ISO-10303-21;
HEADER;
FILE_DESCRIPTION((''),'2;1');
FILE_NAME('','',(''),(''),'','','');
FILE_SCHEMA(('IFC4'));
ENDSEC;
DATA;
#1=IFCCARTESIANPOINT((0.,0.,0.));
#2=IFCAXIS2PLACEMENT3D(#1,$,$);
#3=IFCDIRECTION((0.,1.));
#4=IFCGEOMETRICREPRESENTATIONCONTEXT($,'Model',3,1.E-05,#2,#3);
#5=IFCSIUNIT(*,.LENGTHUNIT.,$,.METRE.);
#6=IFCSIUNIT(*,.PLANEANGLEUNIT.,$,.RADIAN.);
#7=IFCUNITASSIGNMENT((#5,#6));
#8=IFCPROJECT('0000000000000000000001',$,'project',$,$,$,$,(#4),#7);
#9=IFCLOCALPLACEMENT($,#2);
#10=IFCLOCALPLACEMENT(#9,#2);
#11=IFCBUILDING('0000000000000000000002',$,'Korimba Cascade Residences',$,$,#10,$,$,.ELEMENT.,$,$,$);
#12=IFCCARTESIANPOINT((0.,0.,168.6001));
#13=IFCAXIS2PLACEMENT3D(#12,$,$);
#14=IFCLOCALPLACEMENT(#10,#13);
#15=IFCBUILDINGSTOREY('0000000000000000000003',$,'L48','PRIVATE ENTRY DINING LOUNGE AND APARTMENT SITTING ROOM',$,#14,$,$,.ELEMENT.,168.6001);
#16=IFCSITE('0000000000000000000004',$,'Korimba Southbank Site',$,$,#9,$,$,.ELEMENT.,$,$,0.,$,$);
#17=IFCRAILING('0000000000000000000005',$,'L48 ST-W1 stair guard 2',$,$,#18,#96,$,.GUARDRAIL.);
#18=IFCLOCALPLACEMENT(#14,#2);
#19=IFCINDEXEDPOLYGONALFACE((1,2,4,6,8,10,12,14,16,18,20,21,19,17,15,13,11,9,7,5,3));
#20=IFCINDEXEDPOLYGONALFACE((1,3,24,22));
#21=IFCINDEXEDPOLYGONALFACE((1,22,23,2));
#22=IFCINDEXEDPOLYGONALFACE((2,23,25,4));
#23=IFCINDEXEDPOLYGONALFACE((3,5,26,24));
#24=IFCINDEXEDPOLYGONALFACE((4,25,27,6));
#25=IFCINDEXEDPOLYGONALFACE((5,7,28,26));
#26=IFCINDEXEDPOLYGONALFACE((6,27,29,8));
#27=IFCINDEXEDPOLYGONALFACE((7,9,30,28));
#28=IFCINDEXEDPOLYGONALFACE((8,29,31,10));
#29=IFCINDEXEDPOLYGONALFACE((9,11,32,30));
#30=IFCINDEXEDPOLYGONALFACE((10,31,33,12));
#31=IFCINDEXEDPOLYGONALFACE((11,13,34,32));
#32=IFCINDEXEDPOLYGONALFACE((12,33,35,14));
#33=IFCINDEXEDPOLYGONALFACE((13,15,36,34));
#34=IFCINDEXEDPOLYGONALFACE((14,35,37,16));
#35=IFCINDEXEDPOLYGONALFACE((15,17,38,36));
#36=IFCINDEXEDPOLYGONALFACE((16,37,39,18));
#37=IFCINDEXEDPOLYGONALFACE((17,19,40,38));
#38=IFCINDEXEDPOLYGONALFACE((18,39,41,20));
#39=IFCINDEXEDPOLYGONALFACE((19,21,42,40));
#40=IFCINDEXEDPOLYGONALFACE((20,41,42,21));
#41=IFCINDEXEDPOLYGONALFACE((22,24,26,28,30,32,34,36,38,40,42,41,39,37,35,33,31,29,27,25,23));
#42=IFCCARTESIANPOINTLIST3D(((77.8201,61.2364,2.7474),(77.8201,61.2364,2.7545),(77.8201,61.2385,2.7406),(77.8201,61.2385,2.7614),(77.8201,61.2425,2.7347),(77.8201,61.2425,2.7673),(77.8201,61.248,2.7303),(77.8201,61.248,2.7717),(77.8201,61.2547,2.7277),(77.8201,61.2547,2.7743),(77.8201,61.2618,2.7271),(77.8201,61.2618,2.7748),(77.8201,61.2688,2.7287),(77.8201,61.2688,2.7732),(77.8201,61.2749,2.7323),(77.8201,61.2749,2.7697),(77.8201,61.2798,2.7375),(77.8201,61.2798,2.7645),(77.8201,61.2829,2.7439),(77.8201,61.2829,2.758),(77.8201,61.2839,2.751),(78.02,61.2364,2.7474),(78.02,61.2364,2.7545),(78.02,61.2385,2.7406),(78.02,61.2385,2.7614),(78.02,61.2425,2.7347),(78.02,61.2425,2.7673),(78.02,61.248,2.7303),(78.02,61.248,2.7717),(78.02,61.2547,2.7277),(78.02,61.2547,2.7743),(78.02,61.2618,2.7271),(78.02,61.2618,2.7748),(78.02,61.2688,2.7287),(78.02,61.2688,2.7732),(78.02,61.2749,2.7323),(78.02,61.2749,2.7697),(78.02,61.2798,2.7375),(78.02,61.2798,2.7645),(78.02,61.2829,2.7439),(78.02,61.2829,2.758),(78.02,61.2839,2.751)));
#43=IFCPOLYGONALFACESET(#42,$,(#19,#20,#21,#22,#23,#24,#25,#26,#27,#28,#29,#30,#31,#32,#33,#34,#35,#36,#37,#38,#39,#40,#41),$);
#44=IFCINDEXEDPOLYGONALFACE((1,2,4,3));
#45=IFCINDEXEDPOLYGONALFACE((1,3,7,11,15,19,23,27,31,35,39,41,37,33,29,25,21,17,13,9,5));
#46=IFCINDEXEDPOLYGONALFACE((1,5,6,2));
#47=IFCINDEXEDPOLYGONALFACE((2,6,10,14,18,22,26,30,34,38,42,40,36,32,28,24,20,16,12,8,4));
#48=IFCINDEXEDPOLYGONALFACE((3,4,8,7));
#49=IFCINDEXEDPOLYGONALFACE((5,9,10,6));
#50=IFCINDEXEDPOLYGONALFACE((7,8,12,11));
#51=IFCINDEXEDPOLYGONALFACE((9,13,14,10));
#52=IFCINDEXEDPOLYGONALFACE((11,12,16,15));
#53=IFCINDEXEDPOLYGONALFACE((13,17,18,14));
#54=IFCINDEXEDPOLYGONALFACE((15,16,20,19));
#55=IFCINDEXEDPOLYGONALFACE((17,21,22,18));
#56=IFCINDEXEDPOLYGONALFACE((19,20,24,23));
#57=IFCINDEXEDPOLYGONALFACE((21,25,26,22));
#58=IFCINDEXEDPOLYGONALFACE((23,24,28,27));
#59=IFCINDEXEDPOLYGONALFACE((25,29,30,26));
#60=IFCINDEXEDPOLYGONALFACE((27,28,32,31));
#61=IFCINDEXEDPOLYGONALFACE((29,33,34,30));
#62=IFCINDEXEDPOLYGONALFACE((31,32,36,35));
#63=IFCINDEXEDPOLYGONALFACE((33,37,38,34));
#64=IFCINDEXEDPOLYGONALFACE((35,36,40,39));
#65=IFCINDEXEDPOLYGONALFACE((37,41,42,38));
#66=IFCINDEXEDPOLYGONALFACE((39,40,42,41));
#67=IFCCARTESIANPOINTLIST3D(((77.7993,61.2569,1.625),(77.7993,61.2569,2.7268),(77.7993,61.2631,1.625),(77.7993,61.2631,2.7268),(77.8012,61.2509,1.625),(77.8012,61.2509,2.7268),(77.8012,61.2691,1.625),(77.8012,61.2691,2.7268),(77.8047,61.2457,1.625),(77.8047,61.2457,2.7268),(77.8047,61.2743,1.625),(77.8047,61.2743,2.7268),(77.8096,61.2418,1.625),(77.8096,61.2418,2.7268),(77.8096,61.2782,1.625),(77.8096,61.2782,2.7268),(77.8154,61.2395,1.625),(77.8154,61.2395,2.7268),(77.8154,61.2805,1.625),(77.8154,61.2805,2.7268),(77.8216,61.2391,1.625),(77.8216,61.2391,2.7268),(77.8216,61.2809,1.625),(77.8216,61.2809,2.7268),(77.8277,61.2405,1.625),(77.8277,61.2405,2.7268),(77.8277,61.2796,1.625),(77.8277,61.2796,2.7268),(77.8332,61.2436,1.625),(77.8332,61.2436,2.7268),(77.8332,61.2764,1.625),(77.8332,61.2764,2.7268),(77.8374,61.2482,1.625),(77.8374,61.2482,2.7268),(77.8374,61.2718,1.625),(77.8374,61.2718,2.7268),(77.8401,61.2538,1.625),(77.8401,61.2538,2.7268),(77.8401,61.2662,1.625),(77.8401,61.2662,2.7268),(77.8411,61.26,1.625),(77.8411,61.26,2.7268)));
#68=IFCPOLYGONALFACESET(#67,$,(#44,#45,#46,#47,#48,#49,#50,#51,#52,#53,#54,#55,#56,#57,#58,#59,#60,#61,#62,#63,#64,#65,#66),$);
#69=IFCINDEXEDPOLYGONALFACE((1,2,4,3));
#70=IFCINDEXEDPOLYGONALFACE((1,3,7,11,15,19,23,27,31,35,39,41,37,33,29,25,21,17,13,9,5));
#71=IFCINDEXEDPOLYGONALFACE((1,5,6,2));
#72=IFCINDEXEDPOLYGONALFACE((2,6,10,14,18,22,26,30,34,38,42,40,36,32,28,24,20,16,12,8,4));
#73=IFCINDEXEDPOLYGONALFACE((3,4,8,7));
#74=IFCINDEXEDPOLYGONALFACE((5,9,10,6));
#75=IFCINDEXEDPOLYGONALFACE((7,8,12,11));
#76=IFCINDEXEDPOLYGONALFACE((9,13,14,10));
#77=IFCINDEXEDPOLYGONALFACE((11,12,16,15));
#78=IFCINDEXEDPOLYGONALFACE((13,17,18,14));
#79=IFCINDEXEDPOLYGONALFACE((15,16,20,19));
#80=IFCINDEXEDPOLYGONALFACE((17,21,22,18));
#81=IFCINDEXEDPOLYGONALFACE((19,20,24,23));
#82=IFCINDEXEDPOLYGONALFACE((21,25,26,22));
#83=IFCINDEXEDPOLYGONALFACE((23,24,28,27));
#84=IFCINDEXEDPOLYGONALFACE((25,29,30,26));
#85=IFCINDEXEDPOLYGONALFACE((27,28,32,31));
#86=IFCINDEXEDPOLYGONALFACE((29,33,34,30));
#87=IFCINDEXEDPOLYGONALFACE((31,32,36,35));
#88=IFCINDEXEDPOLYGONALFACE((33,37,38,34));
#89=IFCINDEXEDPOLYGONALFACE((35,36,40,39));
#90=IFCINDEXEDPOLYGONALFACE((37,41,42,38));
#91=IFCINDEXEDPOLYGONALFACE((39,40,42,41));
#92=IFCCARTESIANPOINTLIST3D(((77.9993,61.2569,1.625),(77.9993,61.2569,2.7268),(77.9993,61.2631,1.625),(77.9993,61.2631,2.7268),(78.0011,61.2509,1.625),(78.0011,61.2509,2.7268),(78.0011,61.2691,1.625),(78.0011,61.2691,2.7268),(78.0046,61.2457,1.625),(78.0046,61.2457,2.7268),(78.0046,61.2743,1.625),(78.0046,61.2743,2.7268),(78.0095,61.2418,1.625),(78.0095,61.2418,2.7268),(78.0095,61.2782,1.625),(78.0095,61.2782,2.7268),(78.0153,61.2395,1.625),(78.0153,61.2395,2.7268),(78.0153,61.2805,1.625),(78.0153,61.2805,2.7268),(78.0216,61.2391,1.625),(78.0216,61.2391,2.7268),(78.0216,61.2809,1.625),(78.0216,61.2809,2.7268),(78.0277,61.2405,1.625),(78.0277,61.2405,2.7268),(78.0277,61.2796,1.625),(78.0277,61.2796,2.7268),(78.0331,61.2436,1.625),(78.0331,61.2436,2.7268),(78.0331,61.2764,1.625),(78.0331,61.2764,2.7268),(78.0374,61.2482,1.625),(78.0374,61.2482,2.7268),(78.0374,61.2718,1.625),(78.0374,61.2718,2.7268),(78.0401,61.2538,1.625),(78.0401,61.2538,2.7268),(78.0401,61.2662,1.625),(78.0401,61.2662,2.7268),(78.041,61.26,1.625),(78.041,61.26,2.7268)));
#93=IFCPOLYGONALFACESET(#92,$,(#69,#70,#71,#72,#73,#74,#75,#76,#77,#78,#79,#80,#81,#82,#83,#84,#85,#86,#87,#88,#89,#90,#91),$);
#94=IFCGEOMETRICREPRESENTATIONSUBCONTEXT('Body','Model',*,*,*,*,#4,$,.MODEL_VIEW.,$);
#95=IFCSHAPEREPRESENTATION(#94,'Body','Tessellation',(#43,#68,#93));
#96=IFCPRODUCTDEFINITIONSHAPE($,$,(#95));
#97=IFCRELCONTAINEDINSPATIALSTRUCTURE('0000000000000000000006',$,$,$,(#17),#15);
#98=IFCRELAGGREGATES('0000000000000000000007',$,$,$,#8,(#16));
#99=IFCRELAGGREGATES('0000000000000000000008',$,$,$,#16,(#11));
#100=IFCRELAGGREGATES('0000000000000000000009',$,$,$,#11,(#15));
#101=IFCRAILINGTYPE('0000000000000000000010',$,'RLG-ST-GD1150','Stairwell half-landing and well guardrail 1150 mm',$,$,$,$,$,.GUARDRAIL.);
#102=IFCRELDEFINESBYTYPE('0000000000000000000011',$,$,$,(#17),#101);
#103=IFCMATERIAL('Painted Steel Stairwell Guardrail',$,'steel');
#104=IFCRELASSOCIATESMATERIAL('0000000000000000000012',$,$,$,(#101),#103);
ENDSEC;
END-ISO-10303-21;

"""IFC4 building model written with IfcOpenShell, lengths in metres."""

from ifc_helpers import new_model, si_unit, direction, frame, origin, origin_2d, place, context, subcontext, project, spatial, circle, extrude, material, type_object, element, save


model = new_model("IFC4")

# Units and contexts
model_context = context("Model", 3, precision=1e-05, world=origin(), true_north=direction((0.0, 1.0)))
body_context = subcontext(model_context, "Body", "Model", "MODEL_VIEW")
ifc_project = project(units=[si_unit("LENGTHUNIT", "METRE"), si_unit("PLANEANGLEUNIT", "RADIAN")], contexts=[model_context])

# Site, building, storey
site_placement = place(None, origin())
site = spatial("IfcSite", under=ifc_project, at=site_placement, Name="Korimba Southbank Site", CompositionType="ELEMENT", RefElevation=0.0)
building_placement = place(site_placement, origin())
building = spatial("IfcBuilding", under=site, at=building_placement, Name="Korimba Cascade Residences", CompositionType="ELEMENT")
storey_placement = place(building_placement, frame((0.0, 0.0, 168.6001)))
storey = spatial("IfcBuildingStorey", under=building, at=storey_placement, Name="L48", Description="PRIVATE ENTRY DINING LOUNGE AND APARTMENT SITTING ROOM", CompositionType="ELEMENT", Elevation=168.6001)

# Railing
ifc_material_1 = material(Name="Painted Steel Stairwell Guardrail", Category="steel")
railing_type_1 = type_object("IfcRailingType", Name="RLG-ST-GD1150", Description="Stairwell half-landing and well guardrail 1150 mm", PredefinedType="GUARDRAIL", material=ifc_material_1)
railing_1_placement = place(storey_placement, frame((77.8201, 61.26, 1.625)))
element("IfcRailing", 1, at=railing_1_placement, inside=storey, type_object=railing_type_1, Name="L48 ST-W1 stair guard 2", PredefinedType="GUARDRAIL", context=body_context, shape_type="SweptSolid", body=[
    extrude(circle(Radius=0.0239, at=origin_2d()), frame((0.0, 0.0, 1.126), z_axis=(1.0, 0.0, 0.0), x_axis=(0.0, 1.0, 0.0)), (0.0, 0.0, 1.0), 0.2),
    extrude(circle(Radius=0.021, at=origin_2d()), origin(), (0.0, 0.0, 1.0), 1.1018),
    extrude(circle(Radius=0.021, at=origin_2d()), frame((0.2, 0.0, 0.0)), (0.0, 0.0, 1.0), 1.1018),
])

save(model, "model.ifc")
